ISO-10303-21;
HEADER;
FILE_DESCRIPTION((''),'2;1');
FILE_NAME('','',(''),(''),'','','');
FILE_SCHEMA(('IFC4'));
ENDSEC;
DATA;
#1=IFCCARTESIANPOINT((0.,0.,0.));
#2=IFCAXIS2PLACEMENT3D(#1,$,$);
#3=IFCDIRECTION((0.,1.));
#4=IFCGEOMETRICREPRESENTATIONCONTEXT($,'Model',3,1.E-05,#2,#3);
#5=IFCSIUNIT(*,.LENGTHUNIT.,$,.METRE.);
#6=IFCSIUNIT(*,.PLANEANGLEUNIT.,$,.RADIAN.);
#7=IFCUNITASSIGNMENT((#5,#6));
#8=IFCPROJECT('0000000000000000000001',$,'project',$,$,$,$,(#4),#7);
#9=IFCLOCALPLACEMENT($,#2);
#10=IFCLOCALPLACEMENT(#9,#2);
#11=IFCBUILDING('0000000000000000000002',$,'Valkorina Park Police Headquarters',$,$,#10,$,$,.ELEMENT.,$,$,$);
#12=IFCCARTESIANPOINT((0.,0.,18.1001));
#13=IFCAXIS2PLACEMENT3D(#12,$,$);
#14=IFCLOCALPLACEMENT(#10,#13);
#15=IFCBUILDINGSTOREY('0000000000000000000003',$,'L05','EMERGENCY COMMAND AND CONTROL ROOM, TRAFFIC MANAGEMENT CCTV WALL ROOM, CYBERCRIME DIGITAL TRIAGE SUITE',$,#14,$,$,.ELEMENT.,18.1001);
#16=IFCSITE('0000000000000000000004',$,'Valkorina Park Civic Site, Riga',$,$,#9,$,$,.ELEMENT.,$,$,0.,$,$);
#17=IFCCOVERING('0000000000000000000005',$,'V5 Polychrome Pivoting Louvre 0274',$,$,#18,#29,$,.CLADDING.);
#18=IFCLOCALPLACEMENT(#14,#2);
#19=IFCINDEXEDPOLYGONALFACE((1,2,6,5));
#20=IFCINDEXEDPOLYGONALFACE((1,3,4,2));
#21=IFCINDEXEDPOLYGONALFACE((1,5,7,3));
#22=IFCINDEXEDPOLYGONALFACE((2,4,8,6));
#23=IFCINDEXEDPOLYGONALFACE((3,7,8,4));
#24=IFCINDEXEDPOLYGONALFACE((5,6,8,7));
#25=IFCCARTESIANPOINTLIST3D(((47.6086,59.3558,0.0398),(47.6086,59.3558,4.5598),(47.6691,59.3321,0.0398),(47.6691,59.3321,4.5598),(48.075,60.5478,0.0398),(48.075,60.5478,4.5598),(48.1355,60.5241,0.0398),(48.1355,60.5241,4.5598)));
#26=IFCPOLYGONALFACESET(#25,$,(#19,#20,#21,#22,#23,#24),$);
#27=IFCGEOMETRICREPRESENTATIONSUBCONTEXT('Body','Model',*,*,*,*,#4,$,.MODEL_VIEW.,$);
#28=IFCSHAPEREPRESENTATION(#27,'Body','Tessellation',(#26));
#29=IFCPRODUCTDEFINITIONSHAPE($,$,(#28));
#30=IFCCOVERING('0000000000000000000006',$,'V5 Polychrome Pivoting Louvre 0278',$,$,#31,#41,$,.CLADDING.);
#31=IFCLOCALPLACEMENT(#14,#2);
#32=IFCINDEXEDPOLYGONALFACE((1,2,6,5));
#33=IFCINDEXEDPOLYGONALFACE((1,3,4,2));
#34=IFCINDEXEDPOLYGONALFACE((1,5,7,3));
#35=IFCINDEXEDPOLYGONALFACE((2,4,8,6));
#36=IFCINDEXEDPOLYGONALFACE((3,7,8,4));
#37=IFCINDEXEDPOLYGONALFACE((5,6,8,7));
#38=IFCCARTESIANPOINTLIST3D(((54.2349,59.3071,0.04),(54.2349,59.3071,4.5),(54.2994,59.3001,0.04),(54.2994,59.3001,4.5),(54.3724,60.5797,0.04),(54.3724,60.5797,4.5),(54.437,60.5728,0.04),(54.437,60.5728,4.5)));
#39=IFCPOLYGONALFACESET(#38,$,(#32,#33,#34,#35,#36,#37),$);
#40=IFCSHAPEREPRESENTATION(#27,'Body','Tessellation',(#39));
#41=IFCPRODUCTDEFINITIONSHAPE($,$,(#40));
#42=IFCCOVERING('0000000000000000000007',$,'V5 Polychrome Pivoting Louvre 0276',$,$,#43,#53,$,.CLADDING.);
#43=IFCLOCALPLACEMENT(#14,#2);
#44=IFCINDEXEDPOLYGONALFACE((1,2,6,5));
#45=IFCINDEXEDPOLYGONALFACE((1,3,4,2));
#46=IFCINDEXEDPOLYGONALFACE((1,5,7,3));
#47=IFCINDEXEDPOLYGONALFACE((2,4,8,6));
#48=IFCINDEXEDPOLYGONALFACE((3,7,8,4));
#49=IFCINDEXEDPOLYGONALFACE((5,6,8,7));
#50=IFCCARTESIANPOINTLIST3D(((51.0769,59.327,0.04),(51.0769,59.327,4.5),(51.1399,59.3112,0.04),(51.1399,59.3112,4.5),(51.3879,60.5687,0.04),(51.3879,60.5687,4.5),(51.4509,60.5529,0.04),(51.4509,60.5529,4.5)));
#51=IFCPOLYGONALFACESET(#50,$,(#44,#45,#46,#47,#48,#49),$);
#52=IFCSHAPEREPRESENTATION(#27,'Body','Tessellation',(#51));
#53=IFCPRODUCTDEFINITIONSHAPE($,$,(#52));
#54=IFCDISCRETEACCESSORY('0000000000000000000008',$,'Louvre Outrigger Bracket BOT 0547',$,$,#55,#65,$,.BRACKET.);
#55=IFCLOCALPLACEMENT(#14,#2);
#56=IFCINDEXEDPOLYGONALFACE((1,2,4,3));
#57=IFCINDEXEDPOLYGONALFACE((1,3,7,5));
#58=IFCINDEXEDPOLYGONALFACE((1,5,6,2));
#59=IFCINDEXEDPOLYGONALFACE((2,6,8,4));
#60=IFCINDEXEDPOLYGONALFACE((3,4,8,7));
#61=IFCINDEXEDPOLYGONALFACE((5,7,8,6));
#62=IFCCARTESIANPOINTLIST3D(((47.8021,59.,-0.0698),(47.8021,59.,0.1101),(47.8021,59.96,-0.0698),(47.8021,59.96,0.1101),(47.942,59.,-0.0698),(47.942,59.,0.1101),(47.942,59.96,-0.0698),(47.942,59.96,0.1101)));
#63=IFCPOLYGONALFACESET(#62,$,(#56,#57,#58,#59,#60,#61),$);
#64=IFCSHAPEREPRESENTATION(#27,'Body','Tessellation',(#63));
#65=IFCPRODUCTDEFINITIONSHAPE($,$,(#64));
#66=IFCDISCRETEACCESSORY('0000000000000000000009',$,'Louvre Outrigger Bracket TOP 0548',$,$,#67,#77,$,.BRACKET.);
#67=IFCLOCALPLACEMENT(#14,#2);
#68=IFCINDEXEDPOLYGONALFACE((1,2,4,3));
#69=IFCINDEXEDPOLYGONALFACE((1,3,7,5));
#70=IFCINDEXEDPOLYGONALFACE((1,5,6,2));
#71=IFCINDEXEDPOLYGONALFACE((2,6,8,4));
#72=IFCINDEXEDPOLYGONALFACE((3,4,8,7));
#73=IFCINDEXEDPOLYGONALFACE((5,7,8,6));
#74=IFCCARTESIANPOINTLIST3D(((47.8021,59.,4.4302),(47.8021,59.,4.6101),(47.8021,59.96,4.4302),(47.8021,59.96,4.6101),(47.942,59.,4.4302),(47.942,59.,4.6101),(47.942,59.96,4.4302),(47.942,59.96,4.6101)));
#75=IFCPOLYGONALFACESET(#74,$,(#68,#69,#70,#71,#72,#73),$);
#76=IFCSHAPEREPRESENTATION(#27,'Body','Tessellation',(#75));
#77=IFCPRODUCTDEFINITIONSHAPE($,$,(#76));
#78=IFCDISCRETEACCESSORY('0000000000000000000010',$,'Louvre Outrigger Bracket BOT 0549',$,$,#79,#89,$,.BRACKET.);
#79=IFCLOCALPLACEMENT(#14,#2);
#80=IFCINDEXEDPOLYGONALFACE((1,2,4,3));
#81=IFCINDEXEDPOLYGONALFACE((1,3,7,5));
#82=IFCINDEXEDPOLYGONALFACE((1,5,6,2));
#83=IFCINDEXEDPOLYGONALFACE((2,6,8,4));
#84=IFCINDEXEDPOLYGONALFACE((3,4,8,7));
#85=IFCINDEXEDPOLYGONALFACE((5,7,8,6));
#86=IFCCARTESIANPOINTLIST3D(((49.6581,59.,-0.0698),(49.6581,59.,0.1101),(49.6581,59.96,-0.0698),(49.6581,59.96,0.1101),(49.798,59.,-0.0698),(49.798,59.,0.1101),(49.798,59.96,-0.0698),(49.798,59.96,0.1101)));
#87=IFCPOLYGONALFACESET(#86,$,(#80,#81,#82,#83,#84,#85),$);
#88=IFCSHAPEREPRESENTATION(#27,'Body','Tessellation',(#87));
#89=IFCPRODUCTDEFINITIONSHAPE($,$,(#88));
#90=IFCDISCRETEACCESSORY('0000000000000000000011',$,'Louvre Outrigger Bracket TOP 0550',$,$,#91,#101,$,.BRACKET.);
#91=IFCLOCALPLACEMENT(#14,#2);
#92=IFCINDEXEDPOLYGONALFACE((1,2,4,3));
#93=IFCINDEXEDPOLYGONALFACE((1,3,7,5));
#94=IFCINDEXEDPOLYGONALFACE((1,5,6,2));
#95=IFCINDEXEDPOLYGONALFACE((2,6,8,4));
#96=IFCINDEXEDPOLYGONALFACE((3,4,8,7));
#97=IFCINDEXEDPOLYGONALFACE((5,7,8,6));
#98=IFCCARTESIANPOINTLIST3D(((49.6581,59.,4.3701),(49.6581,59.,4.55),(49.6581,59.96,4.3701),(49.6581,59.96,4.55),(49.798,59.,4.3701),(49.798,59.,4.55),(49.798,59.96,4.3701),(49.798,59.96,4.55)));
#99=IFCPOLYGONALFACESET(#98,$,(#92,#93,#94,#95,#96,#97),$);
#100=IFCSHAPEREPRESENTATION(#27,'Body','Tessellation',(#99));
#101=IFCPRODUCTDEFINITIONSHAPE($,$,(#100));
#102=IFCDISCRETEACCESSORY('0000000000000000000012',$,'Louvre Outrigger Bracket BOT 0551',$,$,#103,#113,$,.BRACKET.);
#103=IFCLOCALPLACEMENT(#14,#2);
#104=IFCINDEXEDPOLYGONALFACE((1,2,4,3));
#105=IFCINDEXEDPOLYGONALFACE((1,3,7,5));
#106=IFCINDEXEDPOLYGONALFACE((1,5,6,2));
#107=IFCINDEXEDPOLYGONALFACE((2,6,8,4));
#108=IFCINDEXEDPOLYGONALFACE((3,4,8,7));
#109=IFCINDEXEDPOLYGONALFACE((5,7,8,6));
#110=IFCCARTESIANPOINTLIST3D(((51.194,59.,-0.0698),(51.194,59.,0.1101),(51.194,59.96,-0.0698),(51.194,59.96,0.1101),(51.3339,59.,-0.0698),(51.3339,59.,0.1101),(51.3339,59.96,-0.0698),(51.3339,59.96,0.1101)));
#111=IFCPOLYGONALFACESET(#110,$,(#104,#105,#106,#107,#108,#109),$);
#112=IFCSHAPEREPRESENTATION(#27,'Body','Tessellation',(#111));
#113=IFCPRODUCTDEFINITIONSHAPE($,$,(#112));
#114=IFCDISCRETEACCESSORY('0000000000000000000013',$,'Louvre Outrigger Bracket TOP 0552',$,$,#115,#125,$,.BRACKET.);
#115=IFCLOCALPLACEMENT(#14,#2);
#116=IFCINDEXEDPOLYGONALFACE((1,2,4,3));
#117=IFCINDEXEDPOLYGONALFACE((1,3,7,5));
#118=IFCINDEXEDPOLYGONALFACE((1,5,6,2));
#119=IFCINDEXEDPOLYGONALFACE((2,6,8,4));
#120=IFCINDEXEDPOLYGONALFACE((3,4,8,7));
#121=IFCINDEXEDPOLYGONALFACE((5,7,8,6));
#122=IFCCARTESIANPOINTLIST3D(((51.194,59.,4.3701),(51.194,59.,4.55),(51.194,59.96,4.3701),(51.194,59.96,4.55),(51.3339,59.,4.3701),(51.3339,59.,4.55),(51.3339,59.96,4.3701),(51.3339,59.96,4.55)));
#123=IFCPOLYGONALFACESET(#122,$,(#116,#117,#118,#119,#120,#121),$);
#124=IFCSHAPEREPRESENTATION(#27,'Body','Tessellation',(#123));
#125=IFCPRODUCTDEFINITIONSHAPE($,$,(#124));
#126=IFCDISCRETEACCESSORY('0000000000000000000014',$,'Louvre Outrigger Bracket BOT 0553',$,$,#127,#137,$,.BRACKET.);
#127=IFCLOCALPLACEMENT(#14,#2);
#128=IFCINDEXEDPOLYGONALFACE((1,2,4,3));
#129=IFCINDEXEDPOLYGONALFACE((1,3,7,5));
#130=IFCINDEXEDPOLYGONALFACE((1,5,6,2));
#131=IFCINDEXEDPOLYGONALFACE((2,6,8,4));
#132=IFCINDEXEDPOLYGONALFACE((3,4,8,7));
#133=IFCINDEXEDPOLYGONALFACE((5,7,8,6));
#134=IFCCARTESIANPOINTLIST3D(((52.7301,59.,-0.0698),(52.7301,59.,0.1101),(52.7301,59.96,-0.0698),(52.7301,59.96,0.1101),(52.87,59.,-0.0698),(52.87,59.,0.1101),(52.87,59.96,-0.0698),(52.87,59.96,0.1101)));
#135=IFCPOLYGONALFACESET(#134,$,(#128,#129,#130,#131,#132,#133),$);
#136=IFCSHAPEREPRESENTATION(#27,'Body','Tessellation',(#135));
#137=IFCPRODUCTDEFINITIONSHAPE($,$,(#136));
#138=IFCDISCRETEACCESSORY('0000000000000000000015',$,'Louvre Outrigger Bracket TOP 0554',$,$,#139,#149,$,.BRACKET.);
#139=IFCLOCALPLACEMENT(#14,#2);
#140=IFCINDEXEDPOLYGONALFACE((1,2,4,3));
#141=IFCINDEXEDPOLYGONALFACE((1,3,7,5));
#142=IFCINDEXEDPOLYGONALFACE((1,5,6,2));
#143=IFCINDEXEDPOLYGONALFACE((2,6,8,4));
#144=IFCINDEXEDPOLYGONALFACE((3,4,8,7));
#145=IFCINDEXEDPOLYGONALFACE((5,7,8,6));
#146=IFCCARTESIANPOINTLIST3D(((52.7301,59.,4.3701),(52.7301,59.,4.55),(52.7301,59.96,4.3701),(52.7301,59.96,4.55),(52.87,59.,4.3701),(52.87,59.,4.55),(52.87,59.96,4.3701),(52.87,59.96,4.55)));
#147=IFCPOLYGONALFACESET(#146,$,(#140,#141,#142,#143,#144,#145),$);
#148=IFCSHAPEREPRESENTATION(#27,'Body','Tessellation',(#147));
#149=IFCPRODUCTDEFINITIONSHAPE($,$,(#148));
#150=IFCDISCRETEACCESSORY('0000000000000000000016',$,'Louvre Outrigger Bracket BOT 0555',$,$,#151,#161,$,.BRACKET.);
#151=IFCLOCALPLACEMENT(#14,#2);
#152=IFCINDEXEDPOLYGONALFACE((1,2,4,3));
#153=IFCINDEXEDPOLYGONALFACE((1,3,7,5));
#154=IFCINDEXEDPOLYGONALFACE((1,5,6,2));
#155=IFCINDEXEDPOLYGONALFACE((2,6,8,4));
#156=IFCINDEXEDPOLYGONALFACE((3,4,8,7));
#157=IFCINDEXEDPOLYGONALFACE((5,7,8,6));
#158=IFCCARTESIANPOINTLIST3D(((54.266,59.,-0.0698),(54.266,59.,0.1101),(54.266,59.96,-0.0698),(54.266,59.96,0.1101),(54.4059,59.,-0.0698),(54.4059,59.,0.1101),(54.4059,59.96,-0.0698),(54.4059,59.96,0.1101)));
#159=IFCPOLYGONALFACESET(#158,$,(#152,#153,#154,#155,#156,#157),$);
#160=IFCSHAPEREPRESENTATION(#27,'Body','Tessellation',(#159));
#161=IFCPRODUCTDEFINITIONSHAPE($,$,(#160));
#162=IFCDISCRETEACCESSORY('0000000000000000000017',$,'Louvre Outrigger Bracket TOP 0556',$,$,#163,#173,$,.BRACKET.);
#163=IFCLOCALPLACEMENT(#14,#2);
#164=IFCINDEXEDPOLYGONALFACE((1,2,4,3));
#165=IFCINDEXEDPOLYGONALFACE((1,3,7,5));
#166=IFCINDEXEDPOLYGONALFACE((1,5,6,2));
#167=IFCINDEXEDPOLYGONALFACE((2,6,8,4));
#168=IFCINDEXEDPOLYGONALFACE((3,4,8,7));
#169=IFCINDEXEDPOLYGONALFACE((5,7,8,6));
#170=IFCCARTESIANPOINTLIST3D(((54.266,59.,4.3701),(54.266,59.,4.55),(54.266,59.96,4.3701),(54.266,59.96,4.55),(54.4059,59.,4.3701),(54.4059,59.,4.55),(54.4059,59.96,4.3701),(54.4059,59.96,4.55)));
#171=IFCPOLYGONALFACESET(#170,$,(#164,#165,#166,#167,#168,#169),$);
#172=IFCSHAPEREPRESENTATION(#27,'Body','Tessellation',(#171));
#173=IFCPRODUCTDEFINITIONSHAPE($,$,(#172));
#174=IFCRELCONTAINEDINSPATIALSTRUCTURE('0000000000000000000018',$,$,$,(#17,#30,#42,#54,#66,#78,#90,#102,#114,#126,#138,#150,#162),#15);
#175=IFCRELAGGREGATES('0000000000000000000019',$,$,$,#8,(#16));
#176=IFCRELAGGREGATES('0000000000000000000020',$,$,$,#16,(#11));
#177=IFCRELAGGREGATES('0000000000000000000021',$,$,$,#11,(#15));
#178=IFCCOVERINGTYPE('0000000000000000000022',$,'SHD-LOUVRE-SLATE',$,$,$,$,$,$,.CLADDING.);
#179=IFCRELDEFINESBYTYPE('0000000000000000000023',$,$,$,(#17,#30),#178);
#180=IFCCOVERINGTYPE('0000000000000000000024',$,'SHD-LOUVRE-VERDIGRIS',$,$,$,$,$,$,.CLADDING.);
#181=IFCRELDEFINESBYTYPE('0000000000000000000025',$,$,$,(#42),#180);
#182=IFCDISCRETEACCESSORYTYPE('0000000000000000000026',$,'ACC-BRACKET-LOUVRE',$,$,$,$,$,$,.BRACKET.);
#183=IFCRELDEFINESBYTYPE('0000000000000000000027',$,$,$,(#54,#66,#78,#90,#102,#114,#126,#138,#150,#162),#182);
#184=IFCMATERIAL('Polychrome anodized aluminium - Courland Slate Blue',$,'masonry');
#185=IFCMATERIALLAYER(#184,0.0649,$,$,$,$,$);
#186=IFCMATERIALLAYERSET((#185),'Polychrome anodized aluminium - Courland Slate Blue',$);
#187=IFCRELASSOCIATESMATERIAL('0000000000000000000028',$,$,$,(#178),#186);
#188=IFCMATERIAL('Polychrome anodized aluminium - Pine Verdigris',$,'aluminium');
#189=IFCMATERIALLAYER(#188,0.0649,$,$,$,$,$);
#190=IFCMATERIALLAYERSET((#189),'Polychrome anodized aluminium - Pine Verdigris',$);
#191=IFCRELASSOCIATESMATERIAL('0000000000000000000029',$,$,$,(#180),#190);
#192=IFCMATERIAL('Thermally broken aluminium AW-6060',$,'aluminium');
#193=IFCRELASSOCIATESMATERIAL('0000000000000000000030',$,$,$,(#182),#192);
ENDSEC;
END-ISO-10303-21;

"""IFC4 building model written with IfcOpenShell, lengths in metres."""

from ifc_helpers import new_model, si_unit, direction, frame, origin, origin_2d, place, context, subcontext, project, spatial, rectangle, extrude, material, layer, layer_set, type_object, element, save


model = new_model("IFC4")

# Units and contexts
model_context = context("Model", 3, precision=1e-05, world=origin(), true_north=direction((0.0, 1.0)))
body_context = subcontext(model_context, "Body", "Model", "MODEL_VIEW")
ifc_project = project(units=[si_unit("LENGTHUNIT", "METRE"), si_unit("PLANEANGLEUNIT", "RADIAN")], contexts=[model_context])

# Site, building, storey
site_placement = place(None, origin())
site = spatial("IfcSite", under=ifc_project, at=site_placement, Name="Valkorina Park Civic Site, Riga", CompositionType="ELEMENT", RefElevation=0.0)
building_placement = place(site_placement, origin())
building = spatial("IfcBuilding", under=site, at=building_placement, Name="Valkorina Park Police Headquarters", CompositionType="ELEMENT")
storey_placement = place(building_placement, frame((0.0, 0.0, 18.1001)))
storey = spatial("IfcBuildingStorey", under=building, at=storey_placement, Name="L05", Description="EMERGENCY COMMAND AND CONTROL ROOM, TRAFFIC MANAGEMENT CCTV WALL ROOM, CYBERCRIME DIGITAL TRIAGE SUITE", CompositionType="ELEMENT", Elevation=18.1001)

# Shared definitions
ifc_material_1 = material(Name="Thermally broken aluminium AW-6060", Category="aluminium")

# Coverings
ifc_material_2 = material(Name="Polychrome anodized aluminium - Courland Slate Blue", Category="masonry")
ifc_layer_1 = layer(ifc_material_2, 0.0649)
ifc_layer_set_1 = layer_set([ifc_layer_1], Name="Polychrome anodized aluminium - Courland Slate Blue")
covering_type_1 = type_object("IfcCoveringType", Name="SHD-LOUVRE-SLATE", PredefinedType="CLADDING", material=ifc_layer_set_1)
covering_1_placement = place(storey_placement, frame((47.8721, 59.9399, 0.0398), z_axis=(0.0, 0.0, 1.0), x_axis=(0.364389, 0.931247, 0.0)))
element("IfcCovering", 1, at=covering_1_placement, inside=storey, type_object=covering_type_1, Name="V5 Polychrome Pivoting Louvre 0274", PredefinedType="CLADDING", context=body_context, shape_type="SweptSolid", body=[
    extrude(rectangle(XDim=1.28, YDim=0.0649, at=origin_2d()), origin(), (0.0, 0.0, 1.0), 4.52),
])
covering_2_placement = place(storey_placement, frame((54.3359, 59.9399, 0.04), z_axis=(0.0, 0.0, 1.0), x_axis=(0.107479, 0.994207, 0.0)))
element("IfcCovering", 2, at=covering_2_placement, inside=storey, type_object=covering_type_1, Name="V5 Polychrome Pivoting Louvre 0278", PredefinedType="CLADDING", context=body_context, shape_type="SweptSolid", body=[
    extrude(rectangle(XDim=1.28, YDim=0.0649, at=origin_2d()), origin(), (0.0, 0.0, 1.0), 4.46),
])
ifc_material_3 = material(Name="Polychrome anodized aluminium - Pine Verdigris", Category="aluminium")
ifc_layer_2 = layer(ifc_material_3, 0.0649)
ifc_layer_set_2 = layer_set([ifc_layer_2], Name="Polychrome anodized aluminium - Pine Verdigris")
covering_type_2 = type_object("IfcCoveringType", Name="SHD-LOUVRE-VERDIGRIS", PredefinedType="CLADDING", material=ifc_layer_set_2)
covering_3_placement = place(storey_placement, frame((51.2639, 59.9399, 0.04), z_axis=(0.0, 0.0, 1.0), x_axis=(0.242938, 0.970042, 0.0)))
element("IfcCovering", 3, at=covering_3_placement, inside=storey, type_object=covering_type_2, Name="V5 Polychrome Pivoting Louvre 0276", PredefinedType="CLADDING", context=body_context, shape_type="SweptSolid", body=[
    extrude(rectangle(XDim=1.28, YDim=0.0649, at=origin_2d()), origin(), (0.0, 0.0, 1.0), 4.46),
])

# Discrete accessories
discrete_accessory_type = type_object("IfcDiscreteAccessoryType", Name="ACC-BRACKET-LOUVRE", PredefinedType="BRACKET", material=ifc_material_1)
for number, where, z_axis, x_axis, name in (
    (4, (47.8721, 59.48, -0.0698), (0.0, 0.0, 1.0), (0.0, 1.0, 0.0), "Louvre Outrigger Bracket BOT 0547"),
    (5, (47.8721, 59.48, 4.4302), (0.0, 0.0, 1.0), (0.0, 1.0, 0.0), "Louvre Outrigger Bracket TOP 0548"),
    (6, (49.728, 59.48, -0.0698), (0.0, 0.0, 1.0), (0.0, 1.0, 0.0), "Louvre Outrigger Bracket BOT 0549"),
    (7, (49.728, 59.48, 4.3701), (0.0, 0.0, 1.0), (0.0, 1.0, 0.0), "Louvre Outrigger Bracket TOP 0550"),
    (8, (51.2639, 59.48, -0.0698), (0.0, 0.0, 1.0), (0.0, 1.0, 0.0), "Louvre Outrigger Bracket BOT 0551"),
    (9, (51.2639, 59.48, 4.3701), (0.0, 0.0, 1.0), (0.0, 1.0, 0.0), "Louvre Outrigger Bracket TOP 0552"),
    (10, (52.8, 59.48, -0.0698), (0.0, 0.0, 1.0), (0.0, 1.0, 0.0), "Louvre Outrigger Bracket BOT 0553"),
    (11, (52.8, 59.48, 4.3701), (0.0, 0.0, 1.0), (0.0, 1.0, 0.0), "Louvre Outrigger Bracket TOP 0554"),
    (12, (54.3359, 59.48, -0.0698), (0.0, 0.0, 1.0), (0.0, 1.0, 0.0), "Louvre Outrigger Bracket BOT 0555"),
    (13, (54.3359, 59.48, 4.3701), (0.0, 0.0, 1.0), (0.0, 1.0, 0.0), "Louvre Outrigger Bracket TOP 0556"),
):
    element("IfcDiscreteAccessory", number, at=place(storey_placement, frame(where, z_axis=z_axis, x_axis=x_axis)), inside=storey, type_object=discrete_accessory_type, Name=name, PredefinedType="BRACKET", context=body_context, shape_type="SweptSolid", body=[
        extrude(rectangle(XDim=0.96, YDim=0.1399, at=origin_2d()), origin(), (0.0, 0.0, 1.0), 0.1799),
    ])

save(model, "model.ifc")
